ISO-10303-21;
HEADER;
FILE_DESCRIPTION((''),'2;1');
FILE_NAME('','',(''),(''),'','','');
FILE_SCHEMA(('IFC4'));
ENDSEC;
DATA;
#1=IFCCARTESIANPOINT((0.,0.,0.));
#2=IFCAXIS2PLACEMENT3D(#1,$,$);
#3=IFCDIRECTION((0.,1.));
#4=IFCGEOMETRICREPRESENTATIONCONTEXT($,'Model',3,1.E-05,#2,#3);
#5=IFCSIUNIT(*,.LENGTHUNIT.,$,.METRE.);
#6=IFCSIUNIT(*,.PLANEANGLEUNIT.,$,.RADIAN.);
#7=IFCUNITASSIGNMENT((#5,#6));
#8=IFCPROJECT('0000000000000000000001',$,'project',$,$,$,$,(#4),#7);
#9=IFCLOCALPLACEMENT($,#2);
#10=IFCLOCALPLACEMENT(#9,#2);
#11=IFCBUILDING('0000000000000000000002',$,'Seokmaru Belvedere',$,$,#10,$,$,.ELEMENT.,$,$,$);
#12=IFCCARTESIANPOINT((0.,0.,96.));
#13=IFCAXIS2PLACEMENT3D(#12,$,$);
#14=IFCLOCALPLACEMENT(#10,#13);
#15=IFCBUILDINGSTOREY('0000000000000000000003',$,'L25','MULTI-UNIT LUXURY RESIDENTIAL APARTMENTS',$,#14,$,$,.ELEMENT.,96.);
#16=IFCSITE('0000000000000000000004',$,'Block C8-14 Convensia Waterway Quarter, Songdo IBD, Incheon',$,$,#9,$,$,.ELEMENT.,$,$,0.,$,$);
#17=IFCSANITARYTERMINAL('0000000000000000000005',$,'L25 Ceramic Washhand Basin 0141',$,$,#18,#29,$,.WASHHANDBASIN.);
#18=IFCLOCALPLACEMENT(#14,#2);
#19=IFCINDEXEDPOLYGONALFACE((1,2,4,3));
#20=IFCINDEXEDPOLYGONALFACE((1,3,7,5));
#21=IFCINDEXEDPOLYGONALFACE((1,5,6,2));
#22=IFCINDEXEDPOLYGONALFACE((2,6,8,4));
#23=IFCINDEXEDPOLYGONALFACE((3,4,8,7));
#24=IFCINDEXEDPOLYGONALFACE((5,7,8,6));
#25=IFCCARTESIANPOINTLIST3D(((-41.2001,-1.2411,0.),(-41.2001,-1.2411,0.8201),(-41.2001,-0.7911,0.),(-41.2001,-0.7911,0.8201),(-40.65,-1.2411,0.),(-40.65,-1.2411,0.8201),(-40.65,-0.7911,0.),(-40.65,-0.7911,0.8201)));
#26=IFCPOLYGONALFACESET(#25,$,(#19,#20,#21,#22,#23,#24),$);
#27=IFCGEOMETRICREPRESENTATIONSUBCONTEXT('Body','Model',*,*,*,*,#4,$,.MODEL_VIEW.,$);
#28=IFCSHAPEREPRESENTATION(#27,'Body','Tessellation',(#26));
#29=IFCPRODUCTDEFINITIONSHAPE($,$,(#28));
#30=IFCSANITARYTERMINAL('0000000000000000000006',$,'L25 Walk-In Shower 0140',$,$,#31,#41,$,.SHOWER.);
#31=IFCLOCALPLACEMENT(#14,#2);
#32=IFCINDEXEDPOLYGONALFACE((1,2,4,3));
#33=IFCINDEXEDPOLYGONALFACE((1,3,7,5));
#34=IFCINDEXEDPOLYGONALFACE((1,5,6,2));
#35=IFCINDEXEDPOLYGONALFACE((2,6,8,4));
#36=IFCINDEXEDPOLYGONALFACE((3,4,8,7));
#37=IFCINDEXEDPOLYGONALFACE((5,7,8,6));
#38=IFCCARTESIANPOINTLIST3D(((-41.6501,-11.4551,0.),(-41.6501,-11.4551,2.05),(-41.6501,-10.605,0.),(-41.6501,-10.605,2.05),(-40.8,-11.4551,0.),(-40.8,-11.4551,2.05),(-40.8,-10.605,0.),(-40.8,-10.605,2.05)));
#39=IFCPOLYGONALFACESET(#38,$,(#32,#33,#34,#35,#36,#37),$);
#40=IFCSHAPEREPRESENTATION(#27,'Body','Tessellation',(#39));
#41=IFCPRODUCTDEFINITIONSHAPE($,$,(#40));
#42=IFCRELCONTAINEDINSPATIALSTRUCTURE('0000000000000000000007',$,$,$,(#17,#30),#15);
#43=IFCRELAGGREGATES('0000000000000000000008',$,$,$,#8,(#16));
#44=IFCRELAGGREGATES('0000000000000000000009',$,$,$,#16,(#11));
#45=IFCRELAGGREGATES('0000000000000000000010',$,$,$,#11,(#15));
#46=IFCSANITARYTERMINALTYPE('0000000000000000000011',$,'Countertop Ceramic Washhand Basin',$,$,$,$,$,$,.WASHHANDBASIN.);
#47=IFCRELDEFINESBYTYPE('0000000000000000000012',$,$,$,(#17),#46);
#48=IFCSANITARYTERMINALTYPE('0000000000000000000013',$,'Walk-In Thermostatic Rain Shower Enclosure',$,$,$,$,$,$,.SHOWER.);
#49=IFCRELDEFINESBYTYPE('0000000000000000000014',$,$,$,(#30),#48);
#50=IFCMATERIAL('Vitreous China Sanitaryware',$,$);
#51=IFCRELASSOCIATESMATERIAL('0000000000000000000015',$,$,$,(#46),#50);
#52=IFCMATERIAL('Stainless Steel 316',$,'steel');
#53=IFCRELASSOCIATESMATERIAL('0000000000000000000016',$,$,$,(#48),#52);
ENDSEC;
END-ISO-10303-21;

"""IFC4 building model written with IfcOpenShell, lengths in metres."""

from ifc_helpers import new_model, si_unit, direction, frame, origin, origin_2d, place, context, subcontext, project, spatial, rectangle, extrude, source, transform, mapped, material, type_object, type_shapes, element, save


model = new_model("IFC4")

# Units and contexts
model_context = context("Model", 3, precision=1e-05, world=origin(), true_north=direction((0.0, 1.0)))
body_context = subcontext(model_context, "Body", "Model", "MODEL_VIEW")
ifc_project = project(units=[si_unit("LENGTHUNIT", "METRE"), si_unit("PLANEANGLEUNIT", "RADIAN")], contexts=[model_context])

# Site, building, storey
site_placement = place(None, origin())
site = spatial("IfcSite", under=ifc_project, at=site_placement, Name="Block C8-14 Convensia Waterway Quarter, Songdo IBD, Incheon", CompositionType="ELEMENT", RefElevation=0.0)
building_placement = place(site_placement, origin())
building = spatial("IfcBuilding", under=site, at=building_placement, Name="Seokmaru Belvedere", CompositionType="ELEMENT")
storey_placement = place(building_placement, frame((0.0, 0.0, 96.0)))
storey = spatial("IfcBuildingStorey", under=building, at=storey_placement, Name="L25", Description="MULTI-UNIT LUXURY RESIDENTIAL APARTMENTS", CompositionType="ELEMENT", Elevation=96.0)

# Sanitary terminals
ifc_material_1 = material(Name="Vitreous China Sanitaryware")
sanitary_terminal_type_1 = type_object("IfcSanitaryTerminalType", Name="Countertop Ceramic Washhand Basin", PredefinedType="WASHHANDBASIN", material=ifc_material_1)
shared_shape_1 = source(origin(), body_context, "Body", "SweptSolid", [
    extrude(rectangle(XDim=0.55, YDim=0.45, at=origin_2d()), origin(), (0.0, 0.0, 1.0), 0.8201),
])
type_shapes(sanitary_terminal_type_1, [shared_shape_1])
for number, where, z_axis, x_axis, name in (
    (1, (-40.925, -1.0161, 0.0), (0.0, 0.0, 1.0), (1.0, 0.0, 0.0), "L25 Ceramic Washhand Basin 0141"),
):
    element("IfcSanitaryTerminal", number, at=place(storey_placement, frame(where, z_axis=z_axis, x_axis=x_axis)), inside=storey, type_object=sanitary_terminal_type_1, Name=name, PredefinedType="WASHHANDBASIN", context=body_context, shape_type="MappedRepresentation", body=[
        mapped(shared_shape_1, transform((0.0, 0.0, 0.0), scale=1.0)),
    ])
ifc_material_2 = material(Name="Stainless Steel 316", Category="steel")
sanitary_terminal_type_2 = type_object("IfcSanitaryTerminalType", Name="Walk-In Thermostatic Rain Shower Enclosure", PredefinedType="SHOWER", material=ifc_material_2)
shared_shape_2 = source(origin(), body_context, "Body", "SweptSolid", [
    extrude(rectangle(XDim=0.8501, YDim=0.8501, at=origin_2d()), origin(), (0.0, 0.0, 1.0), 2.05),
])
type_shapes(sanitary_terminal_type_2, [shared_shape_2])
sanitary_terminal_placement = place(storey_placement, frame((-41.2251, -11.03, 0.0), z_axis=(0.0, 0.0, 1.0), x_axis=(1.0, 0.0, 0.0)))
element("IfcSanitaryTerminal", 2, at=sanitary_terminal_placement, inside=storey, type_object=sanitary_terminal_type_2, Name="L25 Walk-In Shower 0140", PredefinedType="SHOWER", context=body_context, shape_type="MappedRepresentation", body=[
    mapped(shared_shape_2, transform((0.0, 0.0, 0.0), scale=1.0)),
])

save(model, "model.ifc")
